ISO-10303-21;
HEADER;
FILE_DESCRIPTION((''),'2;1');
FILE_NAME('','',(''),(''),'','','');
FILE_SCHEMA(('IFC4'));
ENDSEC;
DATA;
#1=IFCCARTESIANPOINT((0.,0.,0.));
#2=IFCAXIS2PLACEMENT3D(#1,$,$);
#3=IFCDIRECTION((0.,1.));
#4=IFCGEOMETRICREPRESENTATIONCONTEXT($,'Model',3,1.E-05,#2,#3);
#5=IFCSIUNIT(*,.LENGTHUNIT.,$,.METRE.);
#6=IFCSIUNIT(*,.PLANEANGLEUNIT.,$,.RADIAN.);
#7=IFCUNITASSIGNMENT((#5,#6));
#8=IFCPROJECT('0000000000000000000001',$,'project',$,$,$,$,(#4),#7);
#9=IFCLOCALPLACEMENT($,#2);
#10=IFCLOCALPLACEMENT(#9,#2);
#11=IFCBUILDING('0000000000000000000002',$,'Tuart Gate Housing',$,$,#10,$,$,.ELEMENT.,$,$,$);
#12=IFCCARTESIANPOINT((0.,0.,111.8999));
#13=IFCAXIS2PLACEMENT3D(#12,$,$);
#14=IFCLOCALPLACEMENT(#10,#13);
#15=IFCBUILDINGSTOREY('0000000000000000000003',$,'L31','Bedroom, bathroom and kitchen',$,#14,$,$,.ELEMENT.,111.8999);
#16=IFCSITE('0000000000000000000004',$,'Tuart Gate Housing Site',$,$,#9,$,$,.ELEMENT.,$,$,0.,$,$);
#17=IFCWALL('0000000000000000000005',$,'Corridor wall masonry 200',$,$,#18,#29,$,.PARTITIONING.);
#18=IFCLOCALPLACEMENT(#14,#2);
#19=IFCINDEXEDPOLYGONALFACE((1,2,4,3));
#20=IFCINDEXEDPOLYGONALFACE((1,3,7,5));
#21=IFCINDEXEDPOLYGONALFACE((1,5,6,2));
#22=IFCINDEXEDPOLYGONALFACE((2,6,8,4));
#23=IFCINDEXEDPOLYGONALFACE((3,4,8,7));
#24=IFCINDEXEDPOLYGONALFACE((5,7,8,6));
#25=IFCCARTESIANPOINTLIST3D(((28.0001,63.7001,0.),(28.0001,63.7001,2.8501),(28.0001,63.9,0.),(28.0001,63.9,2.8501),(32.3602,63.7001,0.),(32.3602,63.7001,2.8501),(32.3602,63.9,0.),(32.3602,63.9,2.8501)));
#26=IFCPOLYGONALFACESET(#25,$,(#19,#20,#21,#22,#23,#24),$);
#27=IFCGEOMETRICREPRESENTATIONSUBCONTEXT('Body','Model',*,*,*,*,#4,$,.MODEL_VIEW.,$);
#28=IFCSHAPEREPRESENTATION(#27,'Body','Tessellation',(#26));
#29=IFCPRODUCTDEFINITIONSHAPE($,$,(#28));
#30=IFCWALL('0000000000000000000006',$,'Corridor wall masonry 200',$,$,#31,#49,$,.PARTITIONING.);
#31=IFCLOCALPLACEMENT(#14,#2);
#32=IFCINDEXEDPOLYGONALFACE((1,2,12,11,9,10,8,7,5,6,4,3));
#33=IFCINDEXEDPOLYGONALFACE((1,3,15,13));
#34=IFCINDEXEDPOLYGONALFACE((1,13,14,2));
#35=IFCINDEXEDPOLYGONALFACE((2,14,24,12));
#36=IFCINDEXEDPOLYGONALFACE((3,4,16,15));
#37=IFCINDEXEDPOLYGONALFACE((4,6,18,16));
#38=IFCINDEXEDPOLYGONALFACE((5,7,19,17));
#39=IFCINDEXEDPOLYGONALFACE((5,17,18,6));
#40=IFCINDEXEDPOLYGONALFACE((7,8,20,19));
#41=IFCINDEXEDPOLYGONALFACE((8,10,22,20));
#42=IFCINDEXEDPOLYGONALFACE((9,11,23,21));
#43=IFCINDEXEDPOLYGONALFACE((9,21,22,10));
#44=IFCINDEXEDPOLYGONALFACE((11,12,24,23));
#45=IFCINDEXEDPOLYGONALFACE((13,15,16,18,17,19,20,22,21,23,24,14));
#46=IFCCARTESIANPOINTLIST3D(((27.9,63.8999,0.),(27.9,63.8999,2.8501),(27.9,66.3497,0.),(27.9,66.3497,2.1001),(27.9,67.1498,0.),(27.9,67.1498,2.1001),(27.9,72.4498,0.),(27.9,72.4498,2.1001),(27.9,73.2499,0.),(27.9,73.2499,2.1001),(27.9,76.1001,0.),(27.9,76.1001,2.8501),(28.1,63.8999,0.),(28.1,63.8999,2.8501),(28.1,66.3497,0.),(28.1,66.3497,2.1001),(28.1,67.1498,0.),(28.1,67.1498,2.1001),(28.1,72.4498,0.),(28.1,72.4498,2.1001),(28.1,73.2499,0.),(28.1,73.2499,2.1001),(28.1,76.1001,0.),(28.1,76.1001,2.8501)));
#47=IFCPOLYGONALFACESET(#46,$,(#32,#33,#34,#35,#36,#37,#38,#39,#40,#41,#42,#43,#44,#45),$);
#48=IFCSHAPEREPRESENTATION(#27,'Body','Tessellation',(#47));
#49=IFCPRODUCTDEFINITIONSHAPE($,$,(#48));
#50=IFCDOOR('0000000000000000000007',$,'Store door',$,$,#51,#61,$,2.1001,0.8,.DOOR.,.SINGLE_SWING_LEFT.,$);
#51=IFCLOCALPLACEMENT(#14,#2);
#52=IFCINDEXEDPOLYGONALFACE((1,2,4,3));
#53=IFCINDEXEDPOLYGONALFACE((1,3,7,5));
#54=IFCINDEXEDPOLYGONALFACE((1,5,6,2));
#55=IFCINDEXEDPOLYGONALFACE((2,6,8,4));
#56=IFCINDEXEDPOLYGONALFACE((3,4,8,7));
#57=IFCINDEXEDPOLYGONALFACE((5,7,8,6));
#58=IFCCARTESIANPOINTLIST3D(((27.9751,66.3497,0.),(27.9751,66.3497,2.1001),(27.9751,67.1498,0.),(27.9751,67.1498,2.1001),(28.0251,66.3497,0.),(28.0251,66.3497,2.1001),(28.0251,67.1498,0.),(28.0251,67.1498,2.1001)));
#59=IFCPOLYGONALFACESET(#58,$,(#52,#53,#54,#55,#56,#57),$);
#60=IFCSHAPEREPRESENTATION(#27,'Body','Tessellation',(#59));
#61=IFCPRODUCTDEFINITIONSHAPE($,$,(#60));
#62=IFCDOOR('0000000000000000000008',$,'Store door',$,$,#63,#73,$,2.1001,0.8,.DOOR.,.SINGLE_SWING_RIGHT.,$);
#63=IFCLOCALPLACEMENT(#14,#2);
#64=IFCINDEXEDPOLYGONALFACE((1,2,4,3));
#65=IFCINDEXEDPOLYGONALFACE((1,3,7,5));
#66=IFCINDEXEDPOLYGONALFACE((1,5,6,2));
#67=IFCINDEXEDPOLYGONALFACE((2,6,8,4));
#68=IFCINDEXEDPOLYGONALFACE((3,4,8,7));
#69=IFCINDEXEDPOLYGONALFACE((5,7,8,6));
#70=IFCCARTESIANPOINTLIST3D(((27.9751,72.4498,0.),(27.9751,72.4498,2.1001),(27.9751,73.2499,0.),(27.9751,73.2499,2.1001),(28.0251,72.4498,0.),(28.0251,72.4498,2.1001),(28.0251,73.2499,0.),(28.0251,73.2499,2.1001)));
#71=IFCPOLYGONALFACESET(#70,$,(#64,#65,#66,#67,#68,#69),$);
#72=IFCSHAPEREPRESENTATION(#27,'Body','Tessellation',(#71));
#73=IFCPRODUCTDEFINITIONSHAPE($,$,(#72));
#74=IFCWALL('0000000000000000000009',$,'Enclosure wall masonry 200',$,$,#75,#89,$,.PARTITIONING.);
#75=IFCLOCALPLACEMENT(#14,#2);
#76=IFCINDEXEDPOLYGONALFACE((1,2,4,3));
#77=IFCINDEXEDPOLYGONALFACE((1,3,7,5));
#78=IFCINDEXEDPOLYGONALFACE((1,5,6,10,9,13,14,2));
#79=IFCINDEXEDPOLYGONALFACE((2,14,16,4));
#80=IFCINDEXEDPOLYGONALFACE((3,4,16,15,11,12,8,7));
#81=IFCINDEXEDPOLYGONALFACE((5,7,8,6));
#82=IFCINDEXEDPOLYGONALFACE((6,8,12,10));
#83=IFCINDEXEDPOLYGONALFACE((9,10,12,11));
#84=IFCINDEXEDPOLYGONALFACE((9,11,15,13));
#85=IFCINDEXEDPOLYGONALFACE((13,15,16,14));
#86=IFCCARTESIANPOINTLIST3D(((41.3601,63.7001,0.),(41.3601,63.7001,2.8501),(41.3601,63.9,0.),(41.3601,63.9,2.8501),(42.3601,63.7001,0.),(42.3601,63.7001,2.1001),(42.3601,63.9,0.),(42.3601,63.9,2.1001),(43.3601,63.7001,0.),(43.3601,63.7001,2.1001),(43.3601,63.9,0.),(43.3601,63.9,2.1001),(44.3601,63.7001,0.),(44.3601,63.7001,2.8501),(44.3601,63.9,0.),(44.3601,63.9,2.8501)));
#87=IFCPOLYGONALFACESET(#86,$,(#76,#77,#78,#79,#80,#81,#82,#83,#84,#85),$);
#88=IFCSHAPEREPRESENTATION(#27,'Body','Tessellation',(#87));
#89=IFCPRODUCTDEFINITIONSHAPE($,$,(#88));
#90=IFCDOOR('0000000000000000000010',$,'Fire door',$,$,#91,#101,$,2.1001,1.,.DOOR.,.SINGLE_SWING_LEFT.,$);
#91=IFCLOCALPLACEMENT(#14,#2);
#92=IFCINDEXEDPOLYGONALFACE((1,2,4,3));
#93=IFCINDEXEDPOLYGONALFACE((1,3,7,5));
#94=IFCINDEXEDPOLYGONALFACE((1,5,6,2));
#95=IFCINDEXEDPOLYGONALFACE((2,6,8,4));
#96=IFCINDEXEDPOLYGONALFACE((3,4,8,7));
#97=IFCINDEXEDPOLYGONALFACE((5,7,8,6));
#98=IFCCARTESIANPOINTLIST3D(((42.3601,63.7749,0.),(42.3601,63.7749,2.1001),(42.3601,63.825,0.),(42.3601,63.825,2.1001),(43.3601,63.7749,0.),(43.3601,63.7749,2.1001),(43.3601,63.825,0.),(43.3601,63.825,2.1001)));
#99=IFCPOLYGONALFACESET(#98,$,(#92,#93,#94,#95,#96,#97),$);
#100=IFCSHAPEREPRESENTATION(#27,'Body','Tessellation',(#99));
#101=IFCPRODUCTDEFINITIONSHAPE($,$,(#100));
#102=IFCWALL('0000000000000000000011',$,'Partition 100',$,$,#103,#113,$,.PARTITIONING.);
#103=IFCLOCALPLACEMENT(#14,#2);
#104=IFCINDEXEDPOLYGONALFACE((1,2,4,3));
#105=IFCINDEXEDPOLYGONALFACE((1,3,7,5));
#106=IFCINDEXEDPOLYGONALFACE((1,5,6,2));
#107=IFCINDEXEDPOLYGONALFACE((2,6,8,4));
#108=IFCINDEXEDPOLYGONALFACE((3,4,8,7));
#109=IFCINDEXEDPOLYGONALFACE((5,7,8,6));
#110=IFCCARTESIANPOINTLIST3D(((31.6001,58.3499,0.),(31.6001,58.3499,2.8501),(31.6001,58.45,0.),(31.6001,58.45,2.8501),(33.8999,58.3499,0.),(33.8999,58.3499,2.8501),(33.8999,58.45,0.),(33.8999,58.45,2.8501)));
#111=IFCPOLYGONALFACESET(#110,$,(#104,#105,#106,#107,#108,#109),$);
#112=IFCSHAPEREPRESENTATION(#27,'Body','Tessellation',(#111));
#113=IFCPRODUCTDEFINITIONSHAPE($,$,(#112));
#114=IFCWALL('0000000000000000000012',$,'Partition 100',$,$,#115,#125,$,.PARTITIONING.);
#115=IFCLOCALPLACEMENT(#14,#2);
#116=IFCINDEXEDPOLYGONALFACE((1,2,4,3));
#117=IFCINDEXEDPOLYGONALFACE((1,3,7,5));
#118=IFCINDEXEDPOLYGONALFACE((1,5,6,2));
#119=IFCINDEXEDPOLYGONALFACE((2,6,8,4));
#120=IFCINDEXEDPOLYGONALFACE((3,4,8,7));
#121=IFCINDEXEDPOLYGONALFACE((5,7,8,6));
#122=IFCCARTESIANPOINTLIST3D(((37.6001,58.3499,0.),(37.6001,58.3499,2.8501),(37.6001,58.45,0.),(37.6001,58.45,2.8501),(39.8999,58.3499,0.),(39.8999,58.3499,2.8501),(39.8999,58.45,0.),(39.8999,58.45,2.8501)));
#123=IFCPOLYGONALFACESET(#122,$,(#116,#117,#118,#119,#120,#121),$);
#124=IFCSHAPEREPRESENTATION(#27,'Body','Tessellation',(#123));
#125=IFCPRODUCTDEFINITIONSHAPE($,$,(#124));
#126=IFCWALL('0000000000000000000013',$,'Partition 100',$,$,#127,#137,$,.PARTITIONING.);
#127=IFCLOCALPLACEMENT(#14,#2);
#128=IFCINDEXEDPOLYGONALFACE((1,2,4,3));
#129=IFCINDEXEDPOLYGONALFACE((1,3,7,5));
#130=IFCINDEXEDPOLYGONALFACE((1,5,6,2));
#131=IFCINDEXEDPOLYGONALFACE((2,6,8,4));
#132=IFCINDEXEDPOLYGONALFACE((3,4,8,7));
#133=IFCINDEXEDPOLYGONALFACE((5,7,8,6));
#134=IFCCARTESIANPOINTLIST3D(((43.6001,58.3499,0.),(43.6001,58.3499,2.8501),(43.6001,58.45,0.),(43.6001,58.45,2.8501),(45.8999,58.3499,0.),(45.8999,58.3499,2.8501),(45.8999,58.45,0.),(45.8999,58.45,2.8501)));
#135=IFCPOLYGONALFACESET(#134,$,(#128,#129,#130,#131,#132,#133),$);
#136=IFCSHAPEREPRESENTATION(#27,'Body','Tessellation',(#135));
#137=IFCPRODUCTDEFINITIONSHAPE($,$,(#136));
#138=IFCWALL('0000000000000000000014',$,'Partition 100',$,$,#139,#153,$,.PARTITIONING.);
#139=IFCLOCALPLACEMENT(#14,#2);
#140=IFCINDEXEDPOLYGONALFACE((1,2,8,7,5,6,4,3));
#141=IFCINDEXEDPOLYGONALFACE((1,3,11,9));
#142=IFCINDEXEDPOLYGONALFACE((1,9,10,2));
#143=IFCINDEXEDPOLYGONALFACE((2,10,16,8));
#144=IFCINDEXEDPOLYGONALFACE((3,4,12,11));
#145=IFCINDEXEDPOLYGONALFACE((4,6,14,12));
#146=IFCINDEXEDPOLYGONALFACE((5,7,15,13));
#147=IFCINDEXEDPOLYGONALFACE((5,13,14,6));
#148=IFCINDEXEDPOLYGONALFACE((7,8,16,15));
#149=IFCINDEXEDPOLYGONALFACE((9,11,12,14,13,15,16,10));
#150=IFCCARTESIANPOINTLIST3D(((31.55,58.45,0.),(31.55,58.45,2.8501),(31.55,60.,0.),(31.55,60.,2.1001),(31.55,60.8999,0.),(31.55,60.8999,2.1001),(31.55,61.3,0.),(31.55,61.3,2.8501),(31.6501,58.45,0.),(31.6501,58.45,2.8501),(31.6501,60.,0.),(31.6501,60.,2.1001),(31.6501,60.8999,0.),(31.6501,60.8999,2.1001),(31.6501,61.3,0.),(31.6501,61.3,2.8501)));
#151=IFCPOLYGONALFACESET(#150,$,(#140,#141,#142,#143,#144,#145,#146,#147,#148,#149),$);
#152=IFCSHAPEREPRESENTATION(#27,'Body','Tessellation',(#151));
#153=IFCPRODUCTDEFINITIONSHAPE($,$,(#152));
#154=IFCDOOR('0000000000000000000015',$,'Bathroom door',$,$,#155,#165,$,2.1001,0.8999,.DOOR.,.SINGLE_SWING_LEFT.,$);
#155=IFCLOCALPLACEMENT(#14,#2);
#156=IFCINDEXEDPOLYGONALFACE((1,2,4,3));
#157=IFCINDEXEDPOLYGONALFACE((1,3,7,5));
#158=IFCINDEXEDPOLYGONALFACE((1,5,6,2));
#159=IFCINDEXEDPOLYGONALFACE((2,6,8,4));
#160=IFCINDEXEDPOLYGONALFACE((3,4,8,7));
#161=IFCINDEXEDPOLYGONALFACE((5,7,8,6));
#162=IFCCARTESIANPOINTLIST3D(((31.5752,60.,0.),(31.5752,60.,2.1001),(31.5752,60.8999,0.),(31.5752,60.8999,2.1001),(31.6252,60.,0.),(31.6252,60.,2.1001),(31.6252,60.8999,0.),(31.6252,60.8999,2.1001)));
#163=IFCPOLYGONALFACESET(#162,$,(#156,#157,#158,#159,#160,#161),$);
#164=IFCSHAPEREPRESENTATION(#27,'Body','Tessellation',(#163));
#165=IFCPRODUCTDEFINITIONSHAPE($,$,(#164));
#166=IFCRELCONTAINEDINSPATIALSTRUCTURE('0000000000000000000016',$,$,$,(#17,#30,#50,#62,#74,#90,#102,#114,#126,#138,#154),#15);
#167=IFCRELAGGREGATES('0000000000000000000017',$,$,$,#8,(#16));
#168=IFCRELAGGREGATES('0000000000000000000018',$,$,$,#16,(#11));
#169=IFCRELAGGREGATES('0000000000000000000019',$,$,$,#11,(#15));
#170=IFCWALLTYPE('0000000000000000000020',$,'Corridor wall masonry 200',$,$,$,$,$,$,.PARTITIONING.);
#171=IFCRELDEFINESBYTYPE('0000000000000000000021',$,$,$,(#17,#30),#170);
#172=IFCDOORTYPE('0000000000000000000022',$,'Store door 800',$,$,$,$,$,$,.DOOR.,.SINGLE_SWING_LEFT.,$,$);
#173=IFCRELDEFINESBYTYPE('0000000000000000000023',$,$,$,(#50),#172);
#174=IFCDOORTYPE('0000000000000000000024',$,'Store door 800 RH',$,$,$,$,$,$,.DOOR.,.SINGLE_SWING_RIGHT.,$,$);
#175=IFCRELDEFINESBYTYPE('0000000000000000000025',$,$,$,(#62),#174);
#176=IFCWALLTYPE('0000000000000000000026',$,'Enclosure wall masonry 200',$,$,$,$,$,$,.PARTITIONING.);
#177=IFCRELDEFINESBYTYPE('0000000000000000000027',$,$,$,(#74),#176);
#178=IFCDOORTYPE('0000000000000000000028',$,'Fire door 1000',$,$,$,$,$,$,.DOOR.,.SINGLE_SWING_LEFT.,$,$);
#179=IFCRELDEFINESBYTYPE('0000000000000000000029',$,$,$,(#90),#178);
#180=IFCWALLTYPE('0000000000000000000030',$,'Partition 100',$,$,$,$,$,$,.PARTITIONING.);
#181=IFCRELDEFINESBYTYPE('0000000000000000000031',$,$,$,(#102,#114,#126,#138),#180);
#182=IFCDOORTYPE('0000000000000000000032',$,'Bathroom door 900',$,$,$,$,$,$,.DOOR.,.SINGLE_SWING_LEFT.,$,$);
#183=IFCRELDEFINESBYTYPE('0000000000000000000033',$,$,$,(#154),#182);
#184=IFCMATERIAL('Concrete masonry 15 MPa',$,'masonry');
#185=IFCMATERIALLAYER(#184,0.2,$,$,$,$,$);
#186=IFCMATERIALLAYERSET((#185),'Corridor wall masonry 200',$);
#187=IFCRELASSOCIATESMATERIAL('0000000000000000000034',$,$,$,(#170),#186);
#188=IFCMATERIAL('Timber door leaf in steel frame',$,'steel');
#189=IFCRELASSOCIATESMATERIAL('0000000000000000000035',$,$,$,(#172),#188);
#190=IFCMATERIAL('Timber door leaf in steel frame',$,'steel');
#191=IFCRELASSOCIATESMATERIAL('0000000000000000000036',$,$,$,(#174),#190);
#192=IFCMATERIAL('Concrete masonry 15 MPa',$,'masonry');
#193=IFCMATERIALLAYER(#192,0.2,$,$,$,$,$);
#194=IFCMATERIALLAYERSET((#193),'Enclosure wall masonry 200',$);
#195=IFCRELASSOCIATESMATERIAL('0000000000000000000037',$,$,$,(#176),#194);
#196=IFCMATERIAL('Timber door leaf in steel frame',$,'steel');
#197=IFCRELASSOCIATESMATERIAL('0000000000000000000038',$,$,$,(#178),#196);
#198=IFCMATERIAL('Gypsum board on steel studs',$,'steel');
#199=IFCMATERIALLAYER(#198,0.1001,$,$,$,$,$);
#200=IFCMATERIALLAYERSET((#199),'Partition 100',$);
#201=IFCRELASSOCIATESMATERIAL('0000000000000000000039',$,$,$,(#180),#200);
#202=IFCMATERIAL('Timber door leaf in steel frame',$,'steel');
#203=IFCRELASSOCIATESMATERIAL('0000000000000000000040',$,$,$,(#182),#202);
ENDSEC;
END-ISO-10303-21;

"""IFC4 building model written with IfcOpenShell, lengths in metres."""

from ifc_helpers import new_model, si_unit, direction, frame, frame_2d, origin, place, context, subcontext, project, spatial, rectangle, extrude, material, layer, layer_set, type_object, element, fill, save


model = new_model("IFC4")

# Units and contexts
model_context = context("Model", 3, precision=1e-05, world=origin(), true_north=direction((0.0, 1.0)))
body_context = subcontext(model_context, "Body", "Model", "MODEL_VIEW")
ifc_project = project(units=[si_unit("LENGTHUNIT", "METRE"), si_unit("PLANEANGLEUNIT", "RADIAN")], contexts=[model_context])

# Site, building, storey
site_placement = place(None, origin())
site = spatial("IfcSite", under=ifc_project, at=site_placement, Name="Tuart Gate Housing Site", CompositionType="ELEMENT", RefElevation=0.0)
building_placement = place(site_placement, origin())
building = spatial("IfcBuilding", under=site, at=building_placement, Name="Tuart Gate Housing", CompositionType="ELEMENT")
storey_placement = place(building_placement, frame((0.0, 0.0, 111.8999)))
storey = spatial("IfcBuildingStorey", under=building, at=storey_placement, Name="L31", Description="Bedroom, bathroom and kitchen", CompositionType="ELEMENT", Elevation=111.8999)

# Shared definitions
ifc_material_1 = material(Name="Concrete masonry 15 MPa", Category="masonry")
ifc_layer_1 = layer(ifc_material_1, 0.2)
ifc_layer_set_1 = layer_set([ifc_layer_1], Name="Corridor wall masonry 200")
wall_type_1 = type_object("IfcWallType", Name="Corridor wall masonry 200", PredefinedType="PARTITIONING", material=ifc_layer_set_1)

# Wall
wall_1_placement = place(storey_placement, frame((28.0, 63.8, 0.0), z_axis=(0.0, 0.0, 1.0), x_axis=(1.0, 0.0, 0.0)))
element("IfcWall", 1, at=wall_1_placement, inside=storey, type_object=wall_type_1, Name="Corridor wall masonry 200", PredefinedType="PARTITIONING", context=body_context, shape_type="SweptSolid", body=[
    extrude(rectangle(XDim=4.3601, YDim=0.2, at=frame_2d((2.1802, 0.0))), origin(), (0.0, 0.0, 1.0), 2.8501),
])

# Wall, openings, doors
wall_2_placement = place(storey_placement, frame((28.0, 63.8999, 0.0), z_axis=(0.0, 0.0, 1.0), x_axis=(0.0, 1.0, 0.0)))
wall_2 = element("IfcWall", 2, at=wall_2_placement, inside=storey, type_object=wall_type_1, Name="Corridor wall masonry 200", PredefinedType="PARTITIONING", context=body_context, shape_type="SweptSolid", body=[
    extrude(rectangle(XDim=12.2002, YDim=0.2, at=frame_2d((6.1001, 0.0))), origin(), (0.0, 0.0, 1.0), 2.8501),
])
opening_1_placement = place(wall_2_placement, frame((2.45, 0.0, 0.0)))
opening_1 = element("IfcOpeningElement", 3, at=opening_1_placement, cuts=wall_2, PredefinedType="OPENING", context=body_context, shape_type="SweptSolid", body=[
    extrude(rectangle(XDim=0.8, YDim=2.1001, at=frame_2d((0.3999, 1.05))), frame((0.0, 0.1099, 0.0), z_axis=(0.0, -1.0, 0.0), x_axis=(1.0, 0.0, 0.0)), (0.0, 0.0, 1.0), 0.22),
])
opening_2_placement = place(wall_2_placement, frame((8.55, 0.0, 0.0)))
opening_2 = element("IfcOpeningElement", 4, at=opening_2_placement, cuts=wall_2, PredefinedType="OPENING", context=body_context, shape_type="SweptSolid", body=[
    extrude(rectangle(XDim=0.8, YDim=2.1001, at=frame_2d((0.3999, 1.05))), frame((0.0, 0.1099, 0.0), z_axis=(0.0, -1.0, 0.0), x_axis=(1.0, 0.0, 0.0)), (0.0, 0.0, 1.0), 0.22),
])
ifc_material_2 = material(Name="Timber door leaf in steel frame", Category="steel")
door_type_1 = type_object("IfcDoorType", Name="Store door 800", OperationType="SINGLE_SWING_LEFT", PredefinedType="DOOR", material=ifc_material_2)
door_1_placement = place(opening_1_placement, frame((0.8, 0.0, 0.0), z_axis=(0.0, 0.0, 1.0), x_axis=(-1.0, 0.0, 0.0)))
door_1 = element("IfcDoor", 5, at=door_1_placement, inside=storey, type_object=door_type_1, Name="Store door", OperationType="SINGLE_SWING_LEFT", OverallHeight=2.1001, OverallWidth=0.8, PredefinedType="DOOR", context=body_context, shape_type="SweptSolid", body=[
    extrude(rectangle(XDim=0.8, YDim=2.1001, at=frame_2d((0.4001, 1.05))), frame((0.0, 0.0251, 0.0), z_axis=(0.0, -1.0, 0.0), x_axis=(1.0, 0.0, 0.0)), (0.0, 0.0, 1.0), 0.05),
])
fill(opening_1, door_1)
ifc_material_3 = material(Name="Timber door leaf in steel frame", Category="steel")
door_type_2 = type_object("IfcDoorType", Name="Store door 800 RH", OperationType="SINGLE_SWING_RIGHT", PredefinedType="DOOR", material=ifc_material_3)
door_2_placement = place(opening_2_placement, frame((0.8, 0.0, 0.0), z_axis=(0.0, 0.0, 1.0), x_axis=(-1.0, 0.0, 0.0)))
door_2 = element("IfcDoor", 6, at=door_2_placement, inside=storey, type_object=door_type_2, Name="Store door", OperationType="SINGLE_SWING_RIGHT", OverallHeight=2.1001, OverallWidth=0.8, PredefinedType="DOOR", context=body_context, shape_type="SweptSolid", body=[
    extrude(rectangle(XDim=0.8, YDim=2.1001, at=frame_2d((0.4001, 1.05))), frame((0.0, 0.0251, 0.0), z_axis=(0.0, -1.0, 0.0), x_axis=(1.0, 0.0, 0.0)), (0.0, 0.0, 1.0), 0.05),
])
fill(opening_2, door_2)

# Wall, opening, door
ifc_material_4 = material(Name="Concrete masonry 15 MPa", Category="masonry")
ifc_layer_2 = layer(ifc_material_4, 0.2)
ifc_layer_set_2 = layer_set([ifc_layer_2], Name="Enclosure wall masonry 200")
wall_type_2 = type_object("IfcWallType", Name="Enclosure wall masonry 200", PredefinedType="PARTITIONING", material=ifc_layer_set_2)
wall_3_placement = place(storey_placement, frame((41.3601, 63.8, 0.0), z_axis=(0.0, 0.0, 1.0), x_axis=(1.0, 0.0, 0.0)))
wall_3 = element("IfcWall", 7, at=wall_3_placement, inside=storey, type_object=wall_type_2, Name="Enclosure wall masonry 200", PredefinedType="PARTITIONING", context=body_context, shape_type="SweptSolid", body=[
    extrude(rectangle(XDim=3.0, YDim=0.2, at=frame_2d((1.5, 0.0))), origin(), (0.0, 0.0, 1.0), 2.8501),
])
opening_3_placement = place(wall_3_placement, frame((1.0, 0.0, 0.0)))
opening_3 = element("IfcOpeningElement", 8, at=opening_3_placement, cuts=wall_3, PredefinedType="OPENING", context=body_context, shape_type="SweptSolid", body=[
    extrude(rectangle(XDim=1.0, YDim=2.1001, at=frame_2d((0.5, 1.05))), frame((0.0, 0.1099, 0.0), z_axis=(0.0, -1.0, 0.0), x_axis=(1.0, 0.0, 0.0)), (0.0, 0.0, 1.0), 0.22),
])
ifc_material_5 = material(Name="Timber door leaf in steel frame", Category="steel")
door_type_3 = type_object("IfcDoorType", Name="Fire door 1000", OperationType="SINGLE_SWING_LEFT", PredefinedType="DOOR", material=ifc_material_5)
door_3_placement = place(opening_3_placement, frame((1.0, 0.0, 0.0), z_axis=(0.0, 0.0, 1.0), x_axis=(-1.0, 0.0, 0.0)))
door_3 = element("IfcDoor", 9, at=door_3_placement, inside=storey, type_object=door_type_3, Name="Fire door", OperationType="SINGLE_SWING_LEFT", OverallHeight=2.1001, OverallWidth=1.0, PredefinedType="DOOR", context=body_context, shape_type="SweptSolid", body=[
    extrude(rectangle(XDim=1.0, YDim=2.1001, at=frame_2d((0.5, 1.05))), frame((0.0, 0.0251, 0.0), z_axis=(0.0, -1.0, 0.0), x_axis=(1.0, 0.0, 0.0)), (0.0, 0.0, 1.0), 0.05),
])
fill(opening_3, door_3)

# Walls
ifc_material_6 = material(Name="Gypsum board on steel studs", Category="steel")
ifc_layer_3 = layer(ifc_material_6, 0.1001)
ifc_layer_set_3 = layer_set([ifc_layer_3], Name="Partition 100")
wall_type_3 = type_object("IfcWallType", Name="Partition 100", PredefinedType="PARTITIONING", material=ifc_layer_set_3)
for number, where, z_axis, x_axis, name in (
    (10, (31.6001, 58.3999, 0.0), (0.0, 0.0, 1.0), (1.0, 0.0, 0.0), "Partition 100"),
    (11, (37.6001, 58.3999, 0.0), (0.0, 0.0, 1.0), (1.0, 0.0, 0.0), "Partition 100"),
    (12, (43.6001, 58.3999, 0.0), (0.0, 0.0, 1.0), (1.0, 0.0, 0.0), "Partition 100"),
):
    element("IfcWall", number, at=place(storey_placement, frame(where, z_axis=z_axis, x_axis=x_axis)), inside=storey, type_object=wall_type_3, Name=name, PredefinedType="PARTITIONING", context=body_context, shape_type="SweptSolid", body=[
        extrude(rectangle(XDim=2.2998, YDim=0.1001, at=frame_2d((1.1499, 0.0))), origin(), (0.0, 0.0, 1.0), 2.8501),
    ])

# Wall, opening, door
wall_4_placement = place(storey_placement, frame((31.6001, 58.45, 0.0), z_axis=(0.0, 0.0, 1.0), x_axis=(0.0, 1.0, 0.0)))
wall_4 = element("IfcWall", 13, at=wall_4_placement, inside=storey, type_object=wall_type_3, Name="Partition 100", PredefinedType="PARTITIONING", context=body_context, shape_type="SweptSolid", body=[
    extrude(rectangle(XDim=2.8501, YDim=0.1001, at=frame_2d((1.425, 0.0))), origin(), (0.0, 0.0, 1.0), 2.8501),
])
opening_4_placement = place(wall_4_placement, frame((1.55, 0.0, 0.0)))
opening_4 = element("IfcOpeningElement", 14, at=opening_4_placement, cuts=wall_4, PredefinedType="OPENING", context=body_context, shape_type="SweptSolid", body=[
    extrude(rectangle(XDim=0.8999, YDim=2.1001, at=frame_2d((0.45, 1.05))), frame((0.0, 0.0601, 0.0), z_axis=(0.0, -1.0, 0.0), x_axis=(1.0, 0.0, 0.0)), (0.0, 0.0, 1.0), 0.1201),
])
ifc_material_7 = material(Name="Timber door leaf in steel frame", Category="steel")
door_type_4 = type_object("IfcDoorType", Name="Bathroom door 900", OperationType="SINGLE_SWING_LEFT", PredefinedType="DOOR", material=ifc_material_7)
door_4_placement = place(opening_4_placement, frame((0.8999, 0.0, 0.0), z_axis=(0.0, 0.0, 1.0), x_axis=(-1.0, 0.0, 0.0)))
door_4 = element("IfcDoor", 15, at=door_4_placement, inside=storey, type_object=door_type_4, Name="Bathroom door", OperationType="SINGLE_SWING_LEFT", OverallHeight=2.1001, OverallWidth=0.8999, PredefinedType="DOOR", context=body_context, shape_type="SweptSolid", body=[
    extrude(rectangle(XDim=0.8999, YDim=2.1001, at=frame_2d((0.45, 1.05))), frame((0.0, 0.0251, 0.0), z_axis=(0.0, -1.0, 0.0), x_axis=(1.0, 0.0, 0.0)), (0.0, 0.0, 1.0), 0.05),
])
fill(opening_4, door_4)

save(model, "model.ifc")
